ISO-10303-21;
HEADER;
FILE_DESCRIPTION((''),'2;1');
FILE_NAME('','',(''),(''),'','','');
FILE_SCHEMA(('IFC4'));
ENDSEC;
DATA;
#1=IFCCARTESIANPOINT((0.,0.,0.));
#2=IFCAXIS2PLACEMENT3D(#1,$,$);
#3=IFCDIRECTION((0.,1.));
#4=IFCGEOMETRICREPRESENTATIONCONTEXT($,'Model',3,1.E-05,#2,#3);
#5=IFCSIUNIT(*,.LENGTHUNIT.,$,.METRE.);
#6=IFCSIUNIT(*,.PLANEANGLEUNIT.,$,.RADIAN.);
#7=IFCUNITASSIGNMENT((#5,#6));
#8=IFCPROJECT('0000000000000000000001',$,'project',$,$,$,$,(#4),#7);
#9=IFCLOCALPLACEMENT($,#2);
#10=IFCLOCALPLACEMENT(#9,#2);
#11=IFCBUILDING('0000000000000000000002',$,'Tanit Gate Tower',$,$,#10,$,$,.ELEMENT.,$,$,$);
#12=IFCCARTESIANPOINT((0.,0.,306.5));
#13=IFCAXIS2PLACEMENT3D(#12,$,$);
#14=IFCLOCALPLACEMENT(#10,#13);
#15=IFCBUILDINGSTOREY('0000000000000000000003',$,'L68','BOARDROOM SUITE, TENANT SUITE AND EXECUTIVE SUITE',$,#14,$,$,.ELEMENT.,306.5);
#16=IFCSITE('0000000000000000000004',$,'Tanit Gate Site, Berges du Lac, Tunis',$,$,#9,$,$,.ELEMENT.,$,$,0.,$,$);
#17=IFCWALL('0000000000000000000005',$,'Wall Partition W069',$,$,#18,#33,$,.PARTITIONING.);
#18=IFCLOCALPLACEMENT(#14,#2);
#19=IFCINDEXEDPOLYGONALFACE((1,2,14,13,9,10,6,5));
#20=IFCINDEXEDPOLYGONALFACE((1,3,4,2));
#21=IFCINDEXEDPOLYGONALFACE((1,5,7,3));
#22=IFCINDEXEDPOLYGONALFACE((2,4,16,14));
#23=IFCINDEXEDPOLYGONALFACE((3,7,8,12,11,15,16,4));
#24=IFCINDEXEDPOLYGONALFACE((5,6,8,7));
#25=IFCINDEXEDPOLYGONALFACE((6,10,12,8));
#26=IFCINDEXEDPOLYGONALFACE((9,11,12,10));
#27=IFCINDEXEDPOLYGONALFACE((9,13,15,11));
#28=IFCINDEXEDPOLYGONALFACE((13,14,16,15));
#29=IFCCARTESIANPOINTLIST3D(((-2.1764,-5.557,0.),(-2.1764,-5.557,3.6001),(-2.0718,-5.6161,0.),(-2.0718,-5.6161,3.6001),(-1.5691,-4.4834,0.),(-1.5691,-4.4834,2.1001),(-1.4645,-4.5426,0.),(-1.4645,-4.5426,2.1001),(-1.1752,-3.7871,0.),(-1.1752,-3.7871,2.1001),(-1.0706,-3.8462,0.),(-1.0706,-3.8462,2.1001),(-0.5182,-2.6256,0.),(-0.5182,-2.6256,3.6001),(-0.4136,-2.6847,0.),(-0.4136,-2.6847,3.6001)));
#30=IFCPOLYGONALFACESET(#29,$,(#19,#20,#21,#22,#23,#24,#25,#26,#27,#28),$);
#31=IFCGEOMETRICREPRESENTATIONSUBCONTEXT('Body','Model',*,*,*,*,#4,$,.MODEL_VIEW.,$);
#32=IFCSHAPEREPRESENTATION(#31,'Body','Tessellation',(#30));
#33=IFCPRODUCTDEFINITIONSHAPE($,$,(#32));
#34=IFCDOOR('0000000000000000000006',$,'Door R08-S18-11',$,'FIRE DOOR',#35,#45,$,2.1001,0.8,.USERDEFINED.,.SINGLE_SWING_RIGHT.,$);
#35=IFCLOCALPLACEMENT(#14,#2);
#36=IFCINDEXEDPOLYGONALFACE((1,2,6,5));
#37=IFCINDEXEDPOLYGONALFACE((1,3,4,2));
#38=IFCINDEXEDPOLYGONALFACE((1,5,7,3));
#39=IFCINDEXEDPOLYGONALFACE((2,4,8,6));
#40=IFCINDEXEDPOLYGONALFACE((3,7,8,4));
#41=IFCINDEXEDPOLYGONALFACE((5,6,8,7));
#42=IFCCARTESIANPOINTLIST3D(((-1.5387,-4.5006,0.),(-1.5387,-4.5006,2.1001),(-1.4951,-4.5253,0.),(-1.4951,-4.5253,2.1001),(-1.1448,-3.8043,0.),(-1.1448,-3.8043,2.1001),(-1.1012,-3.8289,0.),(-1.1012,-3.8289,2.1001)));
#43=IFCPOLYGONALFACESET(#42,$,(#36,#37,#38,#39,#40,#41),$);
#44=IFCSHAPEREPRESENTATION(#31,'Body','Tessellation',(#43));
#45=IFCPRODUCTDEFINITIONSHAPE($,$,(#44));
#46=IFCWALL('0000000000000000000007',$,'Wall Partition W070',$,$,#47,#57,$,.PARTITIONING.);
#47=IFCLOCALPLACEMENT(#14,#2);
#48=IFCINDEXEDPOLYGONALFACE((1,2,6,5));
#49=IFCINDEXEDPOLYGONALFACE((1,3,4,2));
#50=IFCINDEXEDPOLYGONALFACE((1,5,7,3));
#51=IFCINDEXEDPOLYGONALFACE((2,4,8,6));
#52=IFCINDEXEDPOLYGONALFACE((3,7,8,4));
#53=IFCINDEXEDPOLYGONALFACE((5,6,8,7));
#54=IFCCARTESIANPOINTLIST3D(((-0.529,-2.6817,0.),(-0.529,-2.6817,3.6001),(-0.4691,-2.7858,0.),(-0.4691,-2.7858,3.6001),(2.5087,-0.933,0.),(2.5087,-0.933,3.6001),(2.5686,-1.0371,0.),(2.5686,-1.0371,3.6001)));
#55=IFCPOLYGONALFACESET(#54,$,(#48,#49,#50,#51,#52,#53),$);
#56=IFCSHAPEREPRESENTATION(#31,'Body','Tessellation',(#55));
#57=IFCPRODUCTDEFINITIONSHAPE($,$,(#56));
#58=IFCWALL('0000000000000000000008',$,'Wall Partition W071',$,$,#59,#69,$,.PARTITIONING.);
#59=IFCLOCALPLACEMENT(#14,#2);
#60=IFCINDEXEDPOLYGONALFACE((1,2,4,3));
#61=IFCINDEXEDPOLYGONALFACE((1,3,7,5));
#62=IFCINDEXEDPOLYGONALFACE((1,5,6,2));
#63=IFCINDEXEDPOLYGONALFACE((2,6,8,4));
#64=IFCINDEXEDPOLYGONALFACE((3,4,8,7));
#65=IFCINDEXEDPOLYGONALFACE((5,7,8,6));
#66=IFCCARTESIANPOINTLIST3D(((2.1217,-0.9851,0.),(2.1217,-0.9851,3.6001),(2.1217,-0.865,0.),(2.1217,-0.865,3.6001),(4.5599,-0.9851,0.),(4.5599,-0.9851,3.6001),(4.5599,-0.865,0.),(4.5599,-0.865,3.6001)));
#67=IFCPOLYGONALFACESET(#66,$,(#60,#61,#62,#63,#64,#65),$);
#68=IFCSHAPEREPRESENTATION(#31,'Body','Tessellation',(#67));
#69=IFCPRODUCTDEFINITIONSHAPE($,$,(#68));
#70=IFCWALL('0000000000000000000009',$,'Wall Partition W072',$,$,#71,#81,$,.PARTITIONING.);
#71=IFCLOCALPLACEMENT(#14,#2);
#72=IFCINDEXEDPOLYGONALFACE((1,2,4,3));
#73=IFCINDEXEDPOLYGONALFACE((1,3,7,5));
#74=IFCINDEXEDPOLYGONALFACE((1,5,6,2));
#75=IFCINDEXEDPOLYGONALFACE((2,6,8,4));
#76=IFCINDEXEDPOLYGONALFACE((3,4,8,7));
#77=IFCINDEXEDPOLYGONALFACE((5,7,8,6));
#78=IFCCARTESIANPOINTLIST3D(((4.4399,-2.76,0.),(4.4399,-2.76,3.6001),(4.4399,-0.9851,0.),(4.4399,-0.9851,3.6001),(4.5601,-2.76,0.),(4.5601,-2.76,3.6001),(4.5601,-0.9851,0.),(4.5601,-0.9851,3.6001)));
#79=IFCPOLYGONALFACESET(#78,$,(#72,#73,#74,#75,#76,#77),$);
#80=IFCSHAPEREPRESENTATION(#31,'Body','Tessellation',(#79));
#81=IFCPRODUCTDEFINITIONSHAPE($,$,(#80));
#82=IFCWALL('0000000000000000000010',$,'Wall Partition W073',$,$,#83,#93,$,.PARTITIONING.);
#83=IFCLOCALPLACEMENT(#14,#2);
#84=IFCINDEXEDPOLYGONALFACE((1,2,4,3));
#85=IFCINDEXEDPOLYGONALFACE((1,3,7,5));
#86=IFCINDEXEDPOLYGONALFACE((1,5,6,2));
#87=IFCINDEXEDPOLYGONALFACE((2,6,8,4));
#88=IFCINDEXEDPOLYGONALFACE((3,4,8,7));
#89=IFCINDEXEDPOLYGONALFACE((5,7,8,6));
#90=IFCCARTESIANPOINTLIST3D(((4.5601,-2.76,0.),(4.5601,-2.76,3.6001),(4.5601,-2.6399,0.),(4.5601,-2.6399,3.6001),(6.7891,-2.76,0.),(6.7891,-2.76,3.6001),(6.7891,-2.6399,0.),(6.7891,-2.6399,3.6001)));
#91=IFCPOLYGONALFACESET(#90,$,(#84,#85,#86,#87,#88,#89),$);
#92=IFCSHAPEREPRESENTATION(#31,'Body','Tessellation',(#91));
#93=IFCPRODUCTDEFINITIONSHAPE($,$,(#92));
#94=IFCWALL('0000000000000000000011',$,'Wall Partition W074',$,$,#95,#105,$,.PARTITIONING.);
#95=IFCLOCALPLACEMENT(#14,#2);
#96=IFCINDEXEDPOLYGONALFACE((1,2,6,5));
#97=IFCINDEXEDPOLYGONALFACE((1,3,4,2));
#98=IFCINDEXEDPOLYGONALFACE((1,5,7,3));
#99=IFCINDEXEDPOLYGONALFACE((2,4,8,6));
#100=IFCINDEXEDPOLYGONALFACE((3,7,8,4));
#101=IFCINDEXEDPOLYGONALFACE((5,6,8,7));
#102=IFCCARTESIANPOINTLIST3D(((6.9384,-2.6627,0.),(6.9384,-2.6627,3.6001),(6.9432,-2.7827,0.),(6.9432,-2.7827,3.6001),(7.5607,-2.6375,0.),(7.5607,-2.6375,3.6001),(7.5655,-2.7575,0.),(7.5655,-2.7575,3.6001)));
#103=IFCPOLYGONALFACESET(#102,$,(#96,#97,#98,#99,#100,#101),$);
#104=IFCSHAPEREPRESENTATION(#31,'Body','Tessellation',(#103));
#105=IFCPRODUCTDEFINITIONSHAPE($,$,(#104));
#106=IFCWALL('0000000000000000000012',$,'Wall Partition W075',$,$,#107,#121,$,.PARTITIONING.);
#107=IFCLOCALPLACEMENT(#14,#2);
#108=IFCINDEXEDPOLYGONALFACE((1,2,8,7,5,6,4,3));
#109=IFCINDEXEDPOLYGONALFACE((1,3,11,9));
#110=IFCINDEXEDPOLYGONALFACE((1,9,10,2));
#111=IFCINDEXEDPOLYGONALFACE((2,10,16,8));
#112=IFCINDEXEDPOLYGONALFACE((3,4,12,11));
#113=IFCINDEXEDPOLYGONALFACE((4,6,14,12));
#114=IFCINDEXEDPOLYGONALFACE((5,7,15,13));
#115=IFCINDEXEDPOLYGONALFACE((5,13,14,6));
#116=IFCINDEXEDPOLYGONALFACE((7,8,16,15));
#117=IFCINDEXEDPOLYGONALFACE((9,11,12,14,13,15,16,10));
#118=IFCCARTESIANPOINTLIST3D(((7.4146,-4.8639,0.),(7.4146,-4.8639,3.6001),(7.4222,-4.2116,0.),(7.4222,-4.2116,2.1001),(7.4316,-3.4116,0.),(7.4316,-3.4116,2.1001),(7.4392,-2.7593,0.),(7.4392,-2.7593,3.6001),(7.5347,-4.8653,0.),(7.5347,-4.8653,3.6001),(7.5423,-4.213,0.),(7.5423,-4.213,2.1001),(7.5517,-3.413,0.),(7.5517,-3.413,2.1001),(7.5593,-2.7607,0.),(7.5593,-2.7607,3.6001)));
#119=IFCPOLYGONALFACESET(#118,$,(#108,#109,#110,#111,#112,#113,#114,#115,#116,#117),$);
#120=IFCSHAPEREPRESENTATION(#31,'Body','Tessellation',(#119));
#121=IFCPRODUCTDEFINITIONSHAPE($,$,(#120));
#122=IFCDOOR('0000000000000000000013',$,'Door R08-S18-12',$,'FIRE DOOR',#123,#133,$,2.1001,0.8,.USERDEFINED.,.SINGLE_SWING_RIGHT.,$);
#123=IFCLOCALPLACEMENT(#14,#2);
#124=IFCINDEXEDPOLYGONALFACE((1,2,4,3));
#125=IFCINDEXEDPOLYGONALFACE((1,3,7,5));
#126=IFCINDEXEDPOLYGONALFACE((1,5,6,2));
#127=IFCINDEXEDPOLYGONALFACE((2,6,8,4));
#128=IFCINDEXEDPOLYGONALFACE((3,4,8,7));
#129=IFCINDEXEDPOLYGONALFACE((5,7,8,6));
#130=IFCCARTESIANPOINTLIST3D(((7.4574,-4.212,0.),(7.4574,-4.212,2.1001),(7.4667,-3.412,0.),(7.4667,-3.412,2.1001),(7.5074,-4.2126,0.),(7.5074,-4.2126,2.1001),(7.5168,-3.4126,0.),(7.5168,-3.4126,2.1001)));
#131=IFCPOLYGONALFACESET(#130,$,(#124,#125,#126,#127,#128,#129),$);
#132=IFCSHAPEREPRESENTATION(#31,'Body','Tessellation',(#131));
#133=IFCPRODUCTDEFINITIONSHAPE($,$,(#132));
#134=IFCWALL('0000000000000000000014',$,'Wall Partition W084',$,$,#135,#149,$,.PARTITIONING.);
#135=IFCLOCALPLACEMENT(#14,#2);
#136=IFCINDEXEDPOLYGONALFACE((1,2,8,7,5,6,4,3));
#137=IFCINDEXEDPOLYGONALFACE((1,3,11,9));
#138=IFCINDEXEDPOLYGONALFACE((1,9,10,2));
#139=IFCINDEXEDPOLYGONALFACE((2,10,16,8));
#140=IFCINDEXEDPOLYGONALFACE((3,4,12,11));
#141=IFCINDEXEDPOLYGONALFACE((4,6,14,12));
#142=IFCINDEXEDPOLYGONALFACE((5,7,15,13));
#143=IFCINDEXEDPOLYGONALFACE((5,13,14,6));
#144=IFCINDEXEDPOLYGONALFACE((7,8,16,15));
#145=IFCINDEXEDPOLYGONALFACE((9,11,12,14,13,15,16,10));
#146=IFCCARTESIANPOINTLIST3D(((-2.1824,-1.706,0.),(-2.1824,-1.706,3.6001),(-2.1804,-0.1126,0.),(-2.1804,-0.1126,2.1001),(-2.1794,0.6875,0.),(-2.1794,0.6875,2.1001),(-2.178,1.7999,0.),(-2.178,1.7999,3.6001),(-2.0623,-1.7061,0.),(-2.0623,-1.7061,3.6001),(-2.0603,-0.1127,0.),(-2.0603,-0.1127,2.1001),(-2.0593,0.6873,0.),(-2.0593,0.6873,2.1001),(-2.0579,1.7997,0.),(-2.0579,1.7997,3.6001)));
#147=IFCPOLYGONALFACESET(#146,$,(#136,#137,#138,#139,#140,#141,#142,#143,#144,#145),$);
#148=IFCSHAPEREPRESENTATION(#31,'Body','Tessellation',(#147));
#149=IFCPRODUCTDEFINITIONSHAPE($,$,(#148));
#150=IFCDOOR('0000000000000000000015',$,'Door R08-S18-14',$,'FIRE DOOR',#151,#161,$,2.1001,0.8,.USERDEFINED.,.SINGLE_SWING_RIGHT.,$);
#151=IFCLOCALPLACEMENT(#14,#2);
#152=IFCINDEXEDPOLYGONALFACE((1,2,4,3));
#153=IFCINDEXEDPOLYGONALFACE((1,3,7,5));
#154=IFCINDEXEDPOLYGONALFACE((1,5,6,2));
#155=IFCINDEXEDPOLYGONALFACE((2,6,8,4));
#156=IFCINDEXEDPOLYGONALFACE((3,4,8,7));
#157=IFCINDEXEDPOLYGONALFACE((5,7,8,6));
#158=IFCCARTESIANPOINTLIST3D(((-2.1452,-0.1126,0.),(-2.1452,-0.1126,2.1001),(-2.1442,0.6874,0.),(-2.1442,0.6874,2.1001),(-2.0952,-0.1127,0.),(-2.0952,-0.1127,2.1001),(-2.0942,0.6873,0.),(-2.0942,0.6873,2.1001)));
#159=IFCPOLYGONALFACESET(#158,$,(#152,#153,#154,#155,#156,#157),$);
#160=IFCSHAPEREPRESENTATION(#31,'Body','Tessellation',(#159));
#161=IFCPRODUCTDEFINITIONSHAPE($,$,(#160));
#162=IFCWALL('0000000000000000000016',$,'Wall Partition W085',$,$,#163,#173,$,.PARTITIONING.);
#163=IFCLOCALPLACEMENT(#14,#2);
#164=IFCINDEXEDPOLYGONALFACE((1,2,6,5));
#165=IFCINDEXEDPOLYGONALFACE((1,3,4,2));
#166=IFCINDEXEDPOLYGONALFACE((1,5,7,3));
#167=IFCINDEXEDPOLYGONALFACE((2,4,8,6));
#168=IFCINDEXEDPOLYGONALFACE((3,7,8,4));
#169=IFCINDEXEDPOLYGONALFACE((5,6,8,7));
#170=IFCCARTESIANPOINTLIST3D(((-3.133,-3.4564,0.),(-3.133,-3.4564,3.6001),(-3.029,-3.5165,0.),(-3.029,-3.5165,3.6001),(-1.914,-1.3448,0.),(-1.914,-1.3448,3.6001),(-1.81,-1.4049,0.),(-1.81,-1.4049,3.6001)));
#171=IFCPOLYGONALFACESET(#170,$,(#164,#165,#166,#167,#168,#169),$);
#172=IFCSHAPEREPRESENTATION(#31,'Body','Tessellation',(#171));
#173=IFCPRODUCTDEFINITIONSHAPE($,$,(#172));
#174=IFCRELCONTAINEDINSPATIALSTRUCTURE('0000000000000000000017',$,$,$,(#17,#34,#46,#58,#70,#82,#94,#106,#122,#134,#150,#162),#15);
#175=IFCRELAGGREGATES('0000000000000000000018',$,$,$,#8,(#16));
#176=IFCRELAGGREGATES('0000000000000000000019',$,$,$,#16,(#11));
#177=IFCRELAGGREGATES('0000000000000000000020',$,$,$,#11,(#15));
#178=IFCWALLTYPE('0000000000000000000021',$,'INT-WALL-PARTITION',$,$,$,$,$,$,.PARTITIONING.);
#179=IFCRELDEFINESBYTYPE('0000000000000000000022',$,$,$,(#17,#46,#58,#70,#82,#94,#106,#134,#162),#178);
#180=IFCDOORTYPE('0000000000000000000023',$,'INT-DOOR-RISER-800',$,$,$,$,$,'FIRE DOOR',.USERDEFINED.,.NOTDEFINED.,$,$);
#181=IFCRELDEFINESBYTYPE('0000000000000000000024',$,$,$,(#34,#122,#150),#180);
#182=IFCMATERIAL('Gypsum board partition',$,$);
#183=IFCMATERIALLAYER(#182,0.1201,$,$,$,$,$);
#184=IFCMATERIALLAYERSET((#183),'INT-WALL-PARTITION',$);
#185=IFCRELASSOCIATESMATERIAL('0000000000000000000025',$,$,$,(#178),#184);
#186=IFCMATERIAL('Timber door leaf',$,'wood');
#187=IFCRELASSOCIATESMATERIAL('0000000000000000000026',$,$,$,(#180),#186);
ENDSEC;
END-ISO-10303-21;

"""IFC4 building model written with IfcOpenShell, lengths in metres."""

from ifc_helpers import new_model, si_unit, direction, frame, frame_2d, origin, place, context, subcontext, project, spatial, rectangle, extrude, material, layer, layer_set, type_object, element, fill, save


model = new_model("IFC4")

# Units and contexts
model_context = context("Model", 3, precision=1e-05, world=origin(), true_north=direction((0.0, 1.0)))
body_context = subcontext(model_context, "Body", "Model", "MODEL_VIEW")
ifc_project = project(units=[si_unit("LENGTHUNIT", "METRE"), si_unit("PLANEANGLEUNIT", "RADIAN")], contexts=[model_context])

# Site, building, storey
site_placement = place(None, origin())
site = spatial("IfcSite", under=ifc_project, at=site_placement, Name="Tanit Gate Site, Berges du Lac, Tunis", CompositionType="ELEMENT", RefElevation=0.0)
building_placement = place(site_placement, origin())
building = spatial("IfcBuilding", under=site, at=building_placement, Name="Tanit Gate Tower", CompositionType="ELEMENT")
storey_placement = place(building_placement, frame((0.0, 0.0, 306.5)))
storey = spatial("IfcBuildingStorey", under=building, at=storey_placement, Name="L68", Description="BOARDROOM SUITE, TENANT SUITE AND EXECUTIVE SUITE", CompositionType="ELEMENT", Elevation=306.5)

# Shared definitions
ifc_material_1 = material(Name="Gypsum board partition")
ifc_layer_1 = layer(ifc_material_1, 0.1201)
ifc_layer_set_1 = layer_set([ifc_layer_1], Name="INT-WALL-PARTITION")
wall_type_1 = type_object("IfcWallType", Name="INT-WALL-PARTITION", PredefinedType="PARTITIONING", material=ifc_layer_set_1)

# Wall, opening, door
wall_1_placement = place(storey_placement, frame((-0.4658, -2.655, 0.0), z_axis=(0.0, 0.0, 1.0), x_axis=(-0.492356, -0.870394, 0.0)))
wall_1 = element("IfcWall", 1, at=wall_1_placement, inside=storey, type_object=wall_type_1, Name="Wall Partition W069", PredefinedType="PARTITIONING", context=body_context, shape_type="SweptSolid", body=[
    extrude(rectangle(XDim=3.3679, YDim=0.1201, at=frame_2d((1.6841, 0.0))), origin(), (0.0, 0.0, 1.0), 3.6001),
])
opening_1_placement = place(wall_1_placement, frame((1.3347, 0.0, 0.0)))
opening_1 = element("IfcOpeningElement", 2, at=opening_1_placement, cuts=wall_1, PredefinedType="OPENING", context=body_context, shape_type="SweptSolid", body=[
    extrude(rectangle(XDim=0.8, YDim=2.1001, at=frame_2d((0.3999, 1.05))), frame((0.0, 0.0701, 0.0), z_axis=(0.0, -1.0, 0.0), x_axis=(1.0, 0.0, 0.0)), (0.0, 0.0, 1.0), 0.1401),
])
ifc_material_2 = material(Name="Timber door leaf", Category="wood")
door_type = type_object("IfcDoorType", Name="INT-DOOR-RISER-800", ElementType="FIRE DOOR", OperationType="NOTDEFINED", PredefinedType="USERDEFINED", material=ifc_material_2)
door_1_placement = place(opening_1_placement, origin())
door_1 = element("IfcDoor", 3, at=door_1_placement, inside=storey, type_object=door_type, Name="Door R08-S18-11", ObjectType="FIRE DOOR", OperationType="SINGLE_SWING_RIGHT", OverallHeight=2.1001, OverallWidth=0.8, PredefinedType="USERDEFINED", context=body_context, shape_type="SweptSolid", body=[
    extrude(rectangle(XDim=0.8, YDim=2.1001, at=frame_2d((0.3999, 1.05))), frame((0.0, 0.0249, 0.0), z_axis=(0.0, -1.0, 0.0), x_axis=(1.0, 0.0, 0.0)), (0.0, 0.0, 1.0), 0.05),
])
fill(opening_1, door_1)

# Walls
wall_2_placement = place(storey_placement, frame((2.5386, -0.9851, 0.0), z_axis=(0.0, 0.0, 1.0), x_axis=(-0.866657, -0.498904, 0.0)))
element("IfcWall", 4, at=wall_2_placement, inside=storey, type_object=wall_type_1, Name="Wall Partition W070", PredefinedType="PARTITIONING", context=body_context, shape_type="SweptSolid", body=[
    extrude(rectangle(XDim=3.5051, YDim=0.1201, at=frame_2d((1.7524, 0.0))), origin(), (0.0, 0.0, 1.0), 3.6001),
])
wall_3_placement = place(storey_placement, frame((4.5601, -0.925, 0.0), z_axis=(0.0, 0.0, 1.0), x_axis=(-1.0, 0.0, 0.0)))
element("IfcWall", 5, at=wall_3_placement, inside=storey, type_object=wall_type_1, Name="Wall Partition W071", PredefinedType="PARTITIONING", context=body_context, shape_type="SweptSolid", body=[
    extrude(rectangle(XDim=2.4382, YDim=0.1201, at=frame_2d((1.2192, 0.0))), origin(), (0.0, 0.0, 1.0), 3.6001),
])
wall_4_placement = place(storey_placement, frame((4.5, -2.76, 0.0), z_axis=(0.0, 0.0, 1.0), x_axis=(0.0, 1.0, 0.0)))
element("IfcWall", 6, at=wall_4_placement, inside=storey, type_object=wall_type_1, Name="Wall Partition W072", PredefinedType="PARTITIONING", context=body_context, shape_type="SweptSolid", body=[
    extrude(rectangle(XDim=1.7749, YDim=0.1201, at=frame_2d((0.8875, 0.0))), origin(), (0.0, 0.0, 1.0), 3.6001),
])
wall_5_placement = place(storey_placement, frame((6.7891, -2.7, 0.0), z_axis=(0.0, 0.0, 1.0), x_axis=(-1.0, 0.0, 0.0)))
element("IfcWall", 7, at=wall_5_placement, inside=storey, type_object=wall_type_1, Name="Wall Partition W073", PredefinedType="PARTITIONING", context=body_context, shape_type="SweptSolid", body=[
    extrude(rectangle(XDim=2.229, YDim=0.1201, at=frame_2d((1.1145, 0.0))), origin(), (0.0, 0.0, 1.0), 3.6001),
])
wall_6_placement = place(storey_placement, frame((7.5632, -2.6975, 0.0), z_axis=(0.0, 0.0, 1.0), x_axis=(-0.999185, -0.040375, 0.0)))
element("IfcWall", 8, at=wall_6_placement, inside=storey, type_object=wall_type_1, Name="Wall Partition W074", PredefinedType="PARTITIONING", context=body_context, shape_type="SweptSolid", body=[
    extrude(rectangle(XDim=0.6228, YDim=0.1201, at=frame_2d((0.3115, 0.0))), origin(), (0.0, 0.0, 1.0), 3.6001),
])

# Walls, openings, doors
wall_7_placement = place(storey_placement, frame((7.4746, -4.8645, 0.0), z_axis=(0.0, 0.0, 1.0), x_axis=(0.011716, 0.999931, 0.0)))
wall_7 = element("IfcWall", 9, at=wall_7_placement, inside=storey, type_object=wall_type_1, Name="Wall Partition W075", PredefinedType="PARTITIONING", context=body_context, shape_type="SweptSolid", body=[
    extrude(rectangle(XDim=2.1047, YDim=0.1201, at=frame_2d((1.0522, 0.0))), origin(), (0.0, 0.0, 1.0), 3.6001),
])
opening_2_placement = place(wall_7_placement, frame((0.6523, 0.0, 0.0)))
opening_2 = element("IfcOpeningElement", 10, at=opening_2_placement, cuts=wall_7, PredefinedType="OPENING", context=body_context, shape_type="SweptSolid", body=[
    extrude(rectangle(XDim=0.8, YDim=2.1001, at=frame_2d((0.3999, 1.05))), frame((0.0, 0.0701, 0.0), z_axis=(0.0, -1.0, 0.0), x_axis=(1.0, 0.0, 0.0)), (0.0, 0.0, 1.0), 0.1401),
])
door_2_placement = place(opening_2_placement, origin())
door_2 = element("IfcDoor", 11, at=door_2_placement, inside=storey, type_object=door_type, Name="Door R08-S18-12", ObjectType="FIRE DOOR", OperationType="SINGLE_SWING_RIGHT", OverallHeight=2.1001, OverallWidth=0.8, PredefinedType="USERDEFINED", context=body_context, shape_type="SweptSolid", body=[
    extrude(rectangle(XDim=0.8, YDim=2.1001, at=frame_2d((0.3999, 1.05))), frame((0.0, 0.0249, 0.0), z_axis=(0.0, -1.0, 0.0), x_axis=(1.0, 0.0, 0.0)), (0.0, 0.0, 1.0), 0.05),
])
fill(opening_2, door_2)
wall_8_placement = place(storey_placement, frame((-2.1223, -1.7061, 0.0), z_axis=(0.0, 0.0, 1.0), x_axis=(0.001253, 0.999999, 0.0)))
wall_8 = element("IfcWall", 12, at=wall_8_placement, inside=storey, type_object=wall_type_1, Name="Wall Partition W084", PredefinedType="PARTITIONING", context=body_context, shape_type="SweptSolid", body=[
    extrude(rectangle(XDim=3.5059, YDim=0.1201, at=frame_2d((1.7529, 0.0))), origin(), (0.0, 0.0, 1.0), 3.6001),
])
opening_3_placement = place(wall_8_placement, frame((1.5935, 0.0, 0.0)))
opening_3 = element("IfcOpeningElement", 13, at=opening_3_placement, cuts=wall_8, PredefinedType="OPENING", context=body_context, shape_type="SweptSolid", body=[
    extrude(rectangle(XDim=0.8, YDim=2.1001, at=frame_2d((0.3999, 1.05))), frame((0.0, 0.0701, 0.0), z_axis=(0.0, -1.0, 0.0), x_axis=(1.0, 0.0, 0.0)), (0.0, 0.0, 1.0), 0.1401),
])
door_3_placement = place(opening_3_placement, origin())
door_3 = element("IfcDoor", 14, at=door_3_placement, inside=storey, type_object=door_type, Name="Door R08-S18-14", ObjectType="FIRE DOOR", OperationType="SINGLE_SWING_RIGHT", OverallHeight=2.1001, OverallWidth=0.8, PredefinedType="USERDEFINED", context=body_context, shape_type="SweptSolid", body=[
    extrude(rectangle(XDim=0.8, YDim=2.1001, at=frame_2d((0.3999, 1.05))), frame((0.0, 0.0249, 0.0), z_axis=(0.0, -1.0, 0.0), x_axis=(1.0, 0.0, 0.0)), (0.0, 0.0, 1.0), 0.05),
])
fill(opening_3, door_3)

# Wall
wall_9_placement = place(storey_placement, frame((-3.0811, -3.4866, 0.0), z_axis=(0.0, 0.0, 1.0), x_axis=(0.499962, 0.866047, 0.0)))
element("IfcWall", 15, at=wall_9_placement, inside=storey, type_object=wall_type_1, Name="Wall Partition W085", PredefinedType="PARTITIONING", context=body_context, shape_type="SweptSolid", body=[
    extrude(rectangle(XDim=2.4382, YDim=0.1201, at=frame_2d((1.2192, 0.0))), origin(), (0.0, 0.0, 1.0), 3.6001),
])

save(model, "model.ifc")
